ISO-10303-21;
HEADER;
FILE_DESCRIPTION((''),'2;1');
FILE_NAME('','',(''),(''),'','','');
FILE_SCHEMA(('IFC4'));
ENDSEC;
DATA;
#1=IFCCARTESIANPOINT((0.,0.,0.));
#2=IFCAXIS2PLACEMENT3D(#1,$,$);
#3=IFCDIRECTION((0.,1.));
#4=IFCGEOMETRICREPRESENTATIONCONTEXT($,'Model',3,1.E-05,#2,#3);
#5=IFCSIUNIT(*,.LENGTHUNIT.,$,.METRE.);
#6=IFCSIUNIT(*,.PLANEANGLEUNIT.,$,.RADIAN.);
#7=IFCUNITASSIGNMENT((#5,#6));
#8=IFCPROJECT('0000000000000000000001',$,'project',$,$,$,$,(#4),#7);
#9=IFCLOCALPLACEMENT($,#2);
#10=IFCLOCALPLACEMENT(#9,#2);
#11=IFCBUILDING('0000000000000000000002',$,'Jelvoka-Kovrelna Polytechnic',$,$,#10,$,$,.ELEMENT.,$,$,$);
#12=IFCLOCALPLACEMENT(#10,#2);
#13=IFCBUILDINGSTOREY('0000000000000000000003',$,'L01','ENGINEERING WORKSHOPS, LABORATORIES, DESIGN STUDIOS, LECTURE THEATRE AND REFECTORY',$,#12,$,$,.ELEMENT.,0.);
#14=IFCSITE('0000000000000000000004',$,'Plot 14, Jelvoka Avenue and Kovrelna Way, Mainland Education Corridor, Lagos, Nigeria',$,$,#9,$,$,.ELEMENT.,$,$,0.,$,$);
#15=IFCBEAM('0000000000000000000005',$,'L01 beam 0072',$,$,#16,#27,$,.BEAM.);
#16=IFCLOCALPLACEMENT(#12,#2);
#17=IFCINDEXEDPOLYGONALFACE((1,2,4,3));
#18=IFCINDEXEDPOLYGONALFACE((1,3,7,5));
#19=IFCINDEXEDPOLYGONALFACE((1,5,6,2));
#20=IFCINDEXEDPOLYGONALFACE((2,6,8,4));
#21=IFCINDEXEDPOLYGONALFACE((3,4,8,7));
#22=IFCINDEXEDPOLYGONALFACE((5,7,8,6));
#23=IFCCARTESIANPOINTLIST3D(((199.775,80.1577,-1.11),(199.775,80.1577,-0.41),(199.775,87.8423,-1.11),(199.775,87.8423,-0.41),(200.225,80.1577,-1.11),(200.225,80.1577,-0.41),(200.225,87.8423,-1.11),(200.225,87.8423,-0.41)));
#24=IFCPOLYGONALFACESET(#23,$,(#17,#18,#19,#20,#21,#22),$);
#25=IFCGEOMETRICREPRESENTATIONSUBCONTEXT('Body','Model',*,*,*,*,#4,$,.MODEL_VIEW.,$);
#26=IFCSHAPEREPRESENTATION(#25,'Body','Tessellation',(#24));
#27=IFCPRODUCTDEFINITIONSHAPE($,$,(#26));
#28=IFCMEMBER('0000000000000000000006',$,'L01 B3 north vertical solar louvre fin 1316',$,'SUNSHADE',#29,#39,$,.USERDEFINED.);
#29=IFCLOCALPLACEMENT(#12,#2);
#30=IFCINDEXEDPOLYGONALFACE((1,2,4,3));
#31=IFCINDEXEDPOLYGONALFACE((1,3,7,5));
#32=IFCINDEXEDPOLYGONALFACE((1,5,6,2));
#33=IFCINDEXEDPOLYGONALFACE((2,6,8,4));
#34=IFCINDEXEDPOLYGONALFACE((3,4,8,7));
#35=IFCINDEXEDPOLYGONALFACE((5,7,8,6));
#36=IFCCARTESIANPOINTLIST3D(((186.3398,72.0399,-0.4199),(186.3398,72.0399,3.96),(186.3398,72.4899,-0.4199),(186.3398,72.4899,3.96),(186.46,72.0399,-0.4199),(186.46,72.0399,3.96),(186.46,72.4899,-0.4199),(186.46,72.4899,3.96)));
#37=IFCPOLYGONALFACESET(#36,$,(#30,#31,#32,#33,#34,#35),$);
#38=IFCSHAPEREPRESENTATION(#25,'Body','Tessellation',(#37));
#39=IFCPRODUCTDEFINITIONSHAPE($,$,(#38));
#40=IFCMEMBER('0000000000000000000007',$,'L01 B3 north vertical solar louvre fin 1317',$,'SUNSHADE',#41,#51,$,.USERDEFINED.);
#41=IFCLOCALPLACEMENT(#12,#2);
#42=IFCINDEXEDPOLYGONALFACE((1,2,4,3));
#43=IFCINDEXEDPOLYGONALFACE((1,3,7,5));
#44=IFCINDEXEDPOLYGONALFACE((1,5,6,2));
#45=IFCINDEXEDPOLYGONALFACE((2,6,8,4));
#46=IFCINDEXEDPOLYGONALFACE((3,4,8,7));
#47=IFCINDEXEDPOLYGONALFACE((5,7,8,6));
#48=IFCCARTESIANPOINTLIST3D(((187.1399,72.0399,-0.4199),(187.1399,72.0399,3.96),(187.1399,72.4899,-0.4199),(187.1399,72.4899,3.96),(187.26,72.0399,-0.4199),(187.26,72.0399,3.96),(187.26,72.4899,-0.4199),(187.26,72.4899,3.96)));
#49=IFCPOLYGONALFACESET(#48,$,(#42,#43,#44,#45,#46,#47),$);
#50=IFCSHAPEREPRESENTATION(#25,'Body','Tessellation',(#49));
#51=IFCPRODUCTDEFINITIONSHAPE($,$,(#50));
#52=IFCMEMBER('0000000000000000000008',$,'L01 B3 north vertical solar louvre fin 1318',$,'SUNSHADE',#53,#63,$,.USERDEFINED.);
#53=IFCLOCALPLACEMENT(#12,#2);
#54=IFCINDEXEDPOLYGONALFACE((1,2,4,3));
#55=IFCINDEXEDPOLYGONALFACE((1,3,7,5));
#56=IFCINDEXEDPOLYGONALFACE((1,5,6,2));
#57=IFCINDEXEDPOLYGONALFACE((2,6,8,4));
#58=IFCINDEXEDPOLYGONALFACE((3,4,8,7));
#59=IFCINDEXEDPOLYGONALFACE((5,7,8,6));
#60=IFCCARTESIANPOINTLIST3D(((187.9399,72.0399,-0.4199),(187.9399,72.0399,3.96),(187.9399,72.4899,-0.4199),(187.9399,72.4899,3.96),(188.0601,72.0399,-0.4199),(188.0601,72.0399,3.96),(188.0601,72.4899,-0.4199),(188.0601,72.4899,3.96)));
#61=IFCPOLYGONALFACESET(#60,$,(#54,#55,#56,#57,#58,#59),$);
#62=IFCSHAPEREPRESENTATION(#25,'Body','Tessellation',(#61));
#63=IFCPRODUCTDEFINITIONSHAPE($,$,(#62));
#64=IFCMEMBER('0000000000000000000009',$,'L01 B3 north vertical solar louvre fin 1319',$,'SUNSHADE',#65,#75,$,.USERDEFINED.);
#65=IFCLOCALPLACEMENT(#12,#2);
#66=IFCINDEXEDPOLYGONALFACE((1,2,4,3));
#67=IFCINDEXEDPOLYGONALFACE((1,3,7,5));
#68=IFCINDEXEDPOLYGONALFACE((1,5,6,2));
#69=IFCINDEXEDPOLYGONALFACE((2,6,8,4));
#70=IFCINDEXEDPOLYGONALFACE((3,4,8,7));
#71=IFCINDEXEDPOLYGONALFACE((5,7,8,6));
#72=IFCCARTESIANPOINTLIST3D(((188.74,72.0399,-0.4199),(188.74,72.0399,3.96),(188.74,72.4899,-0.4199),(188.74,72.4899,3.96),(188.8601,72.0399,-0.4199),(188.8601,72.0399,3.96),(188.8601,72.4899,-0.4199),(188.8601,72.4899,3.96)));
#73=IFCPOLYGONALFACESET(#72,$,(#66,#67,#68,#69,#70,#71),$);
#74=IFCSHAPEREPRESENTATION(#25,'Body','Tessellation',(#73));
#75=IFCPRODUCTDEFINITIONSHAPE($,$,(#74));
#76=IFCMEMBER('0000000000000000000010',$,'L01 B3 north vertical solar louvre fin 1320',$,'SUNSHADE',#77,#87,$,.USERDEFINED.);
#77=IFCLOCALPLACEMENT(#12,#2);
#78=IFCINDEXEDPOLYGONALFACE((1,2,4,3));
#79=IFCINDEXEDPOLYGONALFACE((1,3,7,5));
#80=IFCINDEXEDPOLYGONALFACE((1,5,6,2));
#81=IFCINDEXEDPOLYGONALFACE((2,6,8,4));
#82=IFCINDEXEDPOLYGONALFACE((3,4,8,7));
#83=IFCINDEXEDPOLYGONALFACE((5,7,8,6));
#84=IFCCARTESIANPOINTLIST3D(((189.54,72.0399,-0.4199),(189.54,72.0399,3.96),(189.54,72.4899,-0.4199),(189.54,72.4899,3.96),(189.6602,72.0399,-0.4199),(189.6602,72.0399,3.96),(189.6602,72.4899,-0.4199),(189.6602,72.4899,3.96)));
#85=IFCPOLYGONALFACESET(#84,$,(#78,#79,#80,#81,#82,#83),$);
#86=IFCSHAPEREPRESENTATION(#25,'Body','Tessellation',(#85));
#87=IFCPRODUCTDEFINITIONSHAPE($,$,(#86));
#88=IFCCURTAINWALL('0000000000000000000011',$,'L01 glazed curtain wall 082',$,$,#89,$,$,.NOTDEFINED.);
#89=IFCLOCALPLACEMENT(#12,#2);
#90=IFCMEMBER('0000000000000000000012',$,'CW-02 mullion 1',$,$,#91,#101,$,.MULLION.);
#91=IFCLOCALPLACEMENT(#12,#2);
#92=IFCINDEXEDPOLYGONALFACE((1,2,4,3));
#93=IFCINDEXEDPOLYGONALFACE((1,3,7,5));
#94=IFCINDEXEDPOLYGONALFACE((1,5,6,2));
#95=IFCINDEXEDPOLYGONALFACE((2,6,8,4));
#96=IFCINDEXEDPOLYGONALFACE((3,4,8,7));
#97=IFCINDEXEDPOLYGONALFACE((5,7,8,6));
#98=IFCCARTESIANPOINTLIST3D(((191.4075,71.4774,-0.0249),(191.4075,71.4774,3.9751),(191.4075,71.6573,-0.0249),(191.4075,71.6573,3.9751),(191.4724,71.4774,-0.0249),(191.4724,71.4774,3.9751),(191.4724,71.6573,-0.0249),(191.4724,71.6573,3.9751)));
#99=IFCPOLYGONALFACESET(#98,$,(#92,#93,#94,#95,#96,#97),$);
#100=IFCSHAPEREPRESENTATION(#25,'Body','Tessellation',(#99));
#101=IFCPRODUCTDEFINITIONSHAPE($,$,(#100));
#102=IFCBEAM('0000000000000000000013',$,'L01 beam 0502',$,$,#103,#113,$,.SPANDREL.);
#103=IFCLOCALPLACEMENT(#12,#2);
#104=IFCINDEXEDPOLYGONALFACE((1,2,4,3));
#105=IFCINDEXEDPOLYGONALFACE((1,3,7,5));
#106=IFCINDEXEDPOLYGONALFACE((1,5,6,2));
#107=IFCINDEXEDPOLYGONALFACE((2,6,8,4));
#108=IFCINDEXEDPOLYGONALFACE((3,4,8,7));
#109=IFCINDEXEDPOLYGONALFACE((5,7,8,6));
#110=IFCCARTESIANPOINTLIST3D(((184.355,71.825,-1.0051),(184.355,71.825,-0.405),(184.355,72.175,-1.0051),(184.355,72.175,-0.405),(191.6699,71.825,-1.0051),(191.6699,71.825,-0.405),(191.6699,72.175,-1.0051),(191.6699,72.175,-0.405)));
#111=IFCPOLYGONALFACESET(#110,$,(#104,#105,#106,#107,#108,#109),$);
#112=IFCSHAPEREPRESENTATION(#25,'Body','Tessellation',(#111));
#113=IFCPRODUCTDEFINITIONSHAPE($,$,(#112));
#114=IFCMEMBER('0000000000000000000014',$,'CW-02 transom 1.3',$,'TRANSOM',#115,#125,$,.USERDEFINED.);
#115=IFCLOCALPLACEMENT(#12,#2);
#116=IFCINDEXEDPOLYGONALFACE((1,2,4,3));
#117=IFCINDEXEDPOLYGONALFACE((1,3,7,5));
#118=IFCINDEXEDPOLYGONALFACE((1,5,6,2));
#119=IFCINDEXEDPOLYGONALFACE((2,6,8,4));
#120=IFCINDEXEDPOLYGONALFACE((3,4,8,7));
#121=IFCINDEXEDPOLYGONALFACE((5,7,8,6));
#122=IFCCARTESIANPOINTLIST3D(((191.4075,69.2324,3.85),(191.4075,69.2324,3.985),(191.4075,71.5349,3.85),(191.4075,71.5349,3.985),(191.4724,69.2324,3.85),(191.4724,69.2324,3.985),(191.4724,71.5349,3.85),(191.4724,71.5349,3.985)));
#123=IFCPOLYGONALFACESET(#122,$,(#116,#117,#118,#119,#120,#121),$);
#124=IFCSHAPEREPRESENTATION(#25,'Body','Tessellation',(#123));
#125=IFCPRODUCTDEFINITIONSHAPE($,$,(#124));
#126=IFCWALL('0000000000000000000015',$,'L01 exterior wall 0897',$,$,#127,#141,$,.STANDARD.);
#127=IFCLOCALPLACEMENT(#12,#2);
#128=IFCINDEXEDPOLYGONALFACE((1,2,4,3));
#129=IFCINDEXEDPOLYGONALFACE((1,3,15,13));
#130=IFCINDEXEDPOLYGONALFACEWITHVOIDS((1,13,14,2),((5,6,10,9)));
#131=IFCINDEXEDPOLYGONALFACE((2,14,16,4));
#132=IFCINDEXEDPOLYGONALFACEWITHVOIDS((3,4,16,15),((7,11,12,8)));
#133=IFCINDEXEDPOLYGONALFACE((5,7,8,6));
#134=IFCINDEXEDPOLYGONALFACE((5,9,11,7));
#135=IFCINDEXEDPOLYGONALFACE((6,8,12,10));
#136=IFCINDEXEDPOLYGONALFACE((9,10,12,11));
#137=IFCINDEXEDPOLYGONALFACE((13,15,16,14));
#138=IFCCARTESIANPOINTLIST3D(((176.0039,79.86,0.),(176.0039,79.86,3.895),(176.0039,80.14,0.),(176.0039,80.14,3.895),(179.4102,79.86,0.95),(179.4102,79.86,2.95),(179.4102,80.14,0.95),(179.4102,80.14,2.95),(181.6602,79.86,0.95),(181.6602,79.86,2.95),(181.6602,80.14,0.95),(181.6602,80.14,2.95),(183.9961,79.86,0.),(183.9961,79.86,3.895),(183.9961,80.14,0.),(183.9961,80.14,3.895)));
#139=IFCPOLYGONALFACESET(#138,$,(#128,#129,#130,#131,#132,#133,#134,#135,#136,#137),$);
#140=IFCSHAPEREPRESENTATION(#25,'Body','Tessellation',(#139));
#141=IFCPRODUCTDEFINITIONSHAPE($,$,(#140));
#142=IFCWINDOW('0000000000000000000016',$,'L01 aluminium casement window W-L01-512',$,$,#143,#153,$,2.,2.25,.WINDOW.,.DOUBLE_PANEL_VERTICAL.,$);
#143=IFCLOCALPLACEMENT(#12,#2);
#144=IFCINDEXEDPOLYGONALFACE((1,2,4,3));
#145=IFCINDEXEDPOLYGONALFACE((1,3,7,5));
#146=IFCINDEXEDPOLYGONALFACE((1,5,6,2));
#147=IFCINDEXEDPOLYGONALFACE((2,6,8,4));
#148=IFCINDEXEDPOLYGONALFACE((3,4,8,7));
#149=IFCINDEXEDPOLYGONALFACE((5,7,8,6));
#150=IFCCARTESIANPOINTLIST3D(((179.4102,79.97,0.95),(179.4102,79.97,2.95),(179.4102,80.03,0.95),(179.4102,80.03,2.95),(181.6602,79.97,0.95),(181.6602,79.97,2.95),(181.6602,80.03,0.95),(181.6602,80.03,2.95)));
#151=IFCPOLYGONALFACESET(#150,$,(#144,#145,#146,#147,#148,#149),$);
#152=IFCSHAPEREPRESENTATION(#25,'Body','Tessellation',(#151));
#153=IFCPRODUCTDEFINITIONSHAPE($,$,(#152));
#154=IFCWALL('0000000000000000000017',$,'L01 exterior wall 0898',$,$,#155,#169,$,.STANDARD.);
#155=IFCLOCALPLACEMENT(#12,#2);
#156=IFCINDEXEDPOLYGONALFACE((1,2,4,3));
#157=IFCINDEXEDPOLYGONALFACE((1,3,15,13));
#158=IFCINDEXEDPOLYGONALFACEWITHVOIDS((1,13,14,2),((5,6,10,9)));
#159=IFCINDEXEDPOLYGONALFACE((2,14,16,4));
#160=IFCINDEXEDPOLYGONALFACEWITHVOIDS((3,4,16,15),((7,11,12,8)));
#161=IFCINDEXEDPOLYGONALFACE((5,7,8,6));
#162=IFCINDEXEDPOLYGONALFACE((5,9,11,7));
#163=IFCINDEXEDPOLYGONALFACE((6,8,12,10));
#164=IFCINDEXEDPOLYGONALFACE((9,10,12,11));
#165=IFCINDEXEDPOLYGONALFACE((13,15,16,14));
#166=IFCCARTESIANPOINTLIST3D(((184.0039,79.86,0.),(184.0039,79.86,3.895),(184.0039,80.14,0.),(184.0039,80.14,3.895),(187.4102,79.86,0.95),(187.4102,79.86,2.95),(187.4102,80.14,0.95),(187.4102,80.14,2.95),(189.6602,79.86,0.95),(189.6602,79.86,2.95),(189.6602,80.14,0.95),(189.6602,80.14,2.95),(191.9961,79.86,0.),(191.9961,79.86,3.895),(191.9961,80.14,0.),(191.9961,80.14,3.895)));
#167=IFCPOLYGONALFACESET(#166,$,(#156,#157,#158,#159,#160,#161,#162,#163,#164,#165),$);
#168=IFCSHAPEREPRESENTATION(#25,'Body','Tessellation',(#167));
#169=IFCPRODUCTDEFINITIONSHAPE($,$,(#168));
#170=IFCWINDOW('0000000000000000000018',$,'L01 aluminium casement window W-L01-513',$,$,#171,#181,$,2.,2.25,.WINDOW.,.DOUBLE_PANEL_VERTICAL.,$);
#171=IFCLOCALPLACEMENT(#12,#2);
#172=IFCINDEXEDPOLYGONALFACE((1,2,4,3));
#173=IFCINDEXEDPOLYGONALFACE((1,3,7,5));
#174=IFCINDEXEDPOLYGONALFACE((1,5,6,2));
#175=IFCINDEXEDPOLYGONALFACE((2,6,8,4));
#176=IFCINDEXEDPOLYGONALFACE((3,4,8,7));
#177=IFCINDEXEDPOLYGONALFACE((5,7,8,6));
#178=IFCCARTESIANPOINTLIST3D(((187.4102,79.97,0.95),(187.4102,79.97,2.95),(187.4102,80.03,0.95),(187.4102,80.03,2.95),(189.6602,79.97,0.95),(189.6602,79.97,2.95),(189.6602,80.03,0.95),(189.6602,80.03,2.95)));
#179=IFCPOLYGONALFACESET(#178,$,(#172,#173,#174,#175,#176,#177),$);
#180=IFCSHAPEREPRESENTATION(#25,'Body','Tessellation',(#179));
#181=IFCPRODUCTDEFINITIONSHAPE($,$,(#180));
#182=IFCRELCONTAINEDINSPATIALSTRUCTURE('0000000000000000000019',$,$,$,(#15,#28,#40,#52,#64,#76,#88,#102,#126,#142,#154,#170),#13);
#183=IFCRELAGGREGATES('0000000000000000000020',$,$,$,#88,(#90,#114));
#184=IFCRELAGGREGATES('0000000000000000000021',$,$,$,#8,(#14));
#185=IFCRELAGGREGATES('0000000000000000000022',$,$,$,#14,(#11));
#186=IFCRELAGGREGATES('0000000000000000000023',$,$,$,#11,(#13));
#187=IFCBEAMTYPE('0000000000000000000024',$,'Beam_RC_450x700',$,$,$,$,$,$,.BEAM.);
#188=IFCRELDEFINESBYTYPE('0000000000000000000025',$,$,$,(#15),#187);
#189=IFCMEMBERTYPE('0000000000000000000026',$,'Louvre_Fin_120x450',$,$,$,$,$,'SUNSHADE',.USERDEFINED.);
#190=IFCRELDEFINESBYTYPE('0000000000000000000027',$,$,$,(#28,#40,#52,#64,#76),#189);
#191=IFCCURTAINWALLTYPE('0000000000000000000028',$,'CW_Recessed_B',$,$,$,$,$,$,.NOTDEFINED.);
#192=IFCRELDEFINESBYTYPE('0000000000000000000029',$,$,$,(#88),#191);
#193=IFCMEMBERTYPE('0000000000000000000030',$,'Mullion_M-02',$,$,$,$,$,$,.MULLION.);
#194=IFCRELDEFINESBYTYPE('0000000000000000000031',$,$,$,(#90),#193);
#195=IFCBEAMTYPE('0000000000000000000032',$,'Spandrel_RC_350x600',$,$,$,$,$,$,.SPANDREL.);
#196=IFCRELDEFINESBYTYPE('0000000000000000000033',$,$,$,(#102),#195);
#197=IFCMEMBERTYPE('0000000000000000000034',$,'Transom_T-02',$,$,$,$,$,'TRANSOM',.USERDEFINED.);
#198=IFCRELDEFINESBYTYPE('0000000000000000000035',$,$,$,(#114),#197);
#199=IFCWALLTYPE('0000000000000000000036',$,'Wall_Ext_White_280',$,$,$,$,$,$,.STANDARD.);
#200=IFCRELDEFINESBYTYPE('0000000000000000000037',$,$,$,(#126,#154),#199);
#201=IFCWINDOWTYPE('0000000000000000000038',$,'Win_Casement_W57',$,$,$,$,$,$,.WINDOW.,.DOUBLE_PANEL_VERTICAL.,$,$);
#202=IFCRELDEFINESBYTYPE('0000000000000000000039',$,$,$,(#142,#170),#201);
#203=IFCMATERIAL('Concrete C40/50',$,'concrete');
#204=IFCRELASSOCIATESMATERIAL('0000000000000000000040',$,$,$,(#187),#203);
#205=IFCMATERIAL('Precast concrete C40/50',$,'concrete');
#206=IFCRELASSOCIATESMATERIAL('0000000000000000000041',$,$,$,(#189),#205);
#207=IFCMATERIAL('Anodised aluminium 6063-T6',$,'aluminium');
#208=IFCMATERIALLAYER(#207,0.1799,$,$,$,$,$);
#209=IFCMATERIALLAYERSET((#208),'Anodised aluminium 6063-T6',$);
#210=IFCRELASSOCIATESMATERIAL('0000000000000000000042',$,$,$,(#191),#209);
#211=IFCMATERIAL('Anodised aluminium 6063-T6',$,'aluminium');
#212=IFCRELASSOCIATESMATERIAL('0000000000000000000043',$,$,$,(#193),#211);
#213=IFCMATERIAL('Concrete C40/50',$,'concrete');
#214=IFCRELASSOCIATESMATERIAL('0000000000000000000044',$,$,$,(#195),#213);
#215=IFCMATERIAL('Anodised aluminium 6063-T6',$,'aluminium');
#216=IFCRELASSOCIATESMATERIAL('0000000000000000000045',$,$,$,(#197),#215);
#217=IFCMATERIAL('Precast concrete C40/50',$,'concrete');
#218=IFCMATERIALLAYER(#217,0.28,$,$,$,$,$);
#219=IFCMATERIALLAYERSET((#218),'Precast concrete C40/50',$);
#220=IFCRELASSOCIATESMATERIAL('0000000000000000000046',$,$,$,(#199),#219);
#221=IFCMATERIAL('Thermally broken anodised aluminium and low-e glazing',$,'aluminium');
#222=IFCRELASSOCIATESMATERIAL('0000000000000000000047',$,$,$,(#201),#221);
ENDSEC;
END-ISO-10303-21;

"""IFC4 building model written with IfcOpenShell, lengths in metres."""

from ifc_helpers import new_model, si_unit, direction, frame, frame_2d, origin, origin_2d, place, context, subcontext, project, spatial, rectangle, extrude, material, layer, layer_set, material_profile, profile_set, type_object, element, fill, aggregate, save


model = new_model("IFC4")

# Units and contexts
model_context = context("Model", 3, precision=1e-05, world=origin(), true_north=direction((0.0, 1.0)))
body_context = subcontext(model_context, "Body", "Model", "MODEL_VIEW")
ifc_project = project(units=[si_unit("LENGTHUNIT", "METRE"), si_unit("PLANEANGLEUNIT", "RADIAN")], contexts=[model_context])

# Site, building, storey
site_placement = place(None, origin())
site = spatial("IfcSite", under=ifc_project, at=site_placement, Name="Plot 14, Jelvoka Avenue and Kovrelna Way, Mainland Education Corridor, Lagos, Nigeria", CompositionType="ELEMENT", RefElevation=0.0)
building_placement = place(site_placement, origin())
building = spatial("IfcBuilding", under=site, at=building_placement, Name="Jelvoka-Kovrelna Polytechnic", CompositionType="ELEMENT")
storey_placement = place(building_placement, origin())
storey = spatial("IfcBuildingStorey", under=building, at=storey_placement, Name="L01", Description="ENGINEERING WORKSHOPS, LABORATORIES, DESIGN STUDIOS, LECTURE THEATRE AND REFECTORY", CompositionType="ELEMENT", Elevation=0.0)

# Beam
ifc_material_1 = material(Name="Concrete C40/50", Category="concrete")
ifc_material_profile_1 = material_profile(ifc_material_1, rectangle(XDim=0.45, YDim=0.7, at=origin_2d()), Name="RC 450x700")
ifc_profile_set_1 = profile_set([ifc_material_profile_1], Name="Concrete C40/50")
beam_type_1 = type_object("IfcBeamType", Name="Beam_RC_450x700", PredefinedType="BEAM", material=ifc_profile_set_1)
beam_1_placement = place(storey_placement, frame((200.0, 80.1577, -0.76), z_axis=(0.0, 1.0, 0.0), x_axis=(-1.0, 0.0, 0.0)))
element("IfcBeam", 1, at=beam_1_placement, inside=storey, type_object=beam_type_1, Name="L01 beam 0072", PredefinedType="BEAM", context=body_context, shape_type="SweptSolid", body=[
    extrude(rectangle(XDim=0.45, YDim=0.7, at=origin_2d()), origin(), (0.0, 0.0, 1.0), 7.6846),
])

# Members
ifc_material_2 = material(Name="Precast concrete C40/50", Category="concrete")
ifc_material_profile_2 = material_profile(ifc_material_2, rectangle(XDim=0.1201, YDim=0.45, at=origin_2d()), Name="PC 120x450")
ifc_profile_set_2 = profile_set([ifc_material_profile_2], Name="Precast concrete C40/50")
member_type_1 = type_object("IfcMemberType", Name="Louvre_Fin_120x450", ElementType="SUNSHADE", PredefinedType="USERDEFINED", material=ifc_profile_set_2)
for number, where, z_axis, x_axis, name in (
    (2, (186.3999, 72.2649, -0.4199), (0.0, 0.0, 1.0), (1.0, 0.0, 0.0), "L01 B3 north vertical solar louvre fin 1316"),
    (3, (187.2, 72.2649, -0.4199), (0.0, 0.0, 1.0), (1.0, 0.0, 0.0), "L01 B3 north vertical solar louvre fin 1317"),
    (4, (188.0, 72.2649, -0.4199), (0.0, 0.0, 1.0), (1.0, 0.0, 0.0), "L01 B3 north vertical solar louvre fin 1318"),
    (5, (188.8, 72.2649, -0.4199), (0.0, 0.0, 1.0), (1.0, 0.0, 0.0), "L01 B3 north vertical solar louvre fin 1319"),
    (6, (189.6001, 72.2649, -0.4199), (0.0, 0.0, 1.0), (1.0, 0.0, 0.0), "L01 B3 north vertical solar louvre fin 1320"),
):
    element("IfcMember", number, at=place(storey_placement, frame(where, z_axis=z_axis, x_axis=x_axis)), inside=storey, type_object=member_type_1, Name=name, ObjectType="SUNSHADE", PredefinedType="USERDEFINED", context=body_context, shape_type="SweptSolid", body=[
        extrude(rectangle(XDim=0.1201, YDim=0.45, at=origin_2d()), origin(), (0.0, 0.0, 1.0), 4.3799),
    ])

# Curtain wall, member
ifc_material_3 = material(Name="Anodised aluminium 6063-T6", Category="aluminium")
ifc_layer_1 = layer(ifc_material_3, 0.1799)
ifc_layer_set_1 = layer_set([ifc_layer_1], Name="Anodised aluminium 6063-T6")
curtain_wall_type = type_object("IfcCurtainWallType", Name="CW_Recessed_B", PredefinedType="NOTDEFINED", material=ifc_layer_set_1)
curtain_wall_placement = place(storey_placement, origin())
curtain_wall = element("IfcCurtainWall", 7, at=curtain_wall_placement, inside=storey, type_object=curtain_wall_type, Name="L01 glazed curtain wall 082", PredefinedType="NOTDEFINED")
ifc_material_4 = material(Name="Anodised aluminium 6063-T6", Category="aluminium")
ifc_material_profile_3 = material_profile(ifc_material_4, rectangle(XDim=0.0649, YDim=0.1799, at=origin_2d()), Name="ALU 65x180")
ifc_profile_set_3 = profile_set([ifc_material_profile_3], Name="Anodised aluminium 6063-T6")
member_type_2 = type_object("IfcMemberType", Name="Mullion_M-02", PredefinedType="MULLION", material=ifc_profile_set_3)
member_1_placement = place(storey_placement, frame((191.4399, 71.5674, -0.0249), z_axis=(0.0, 0.0, 1.0), x_axis=(1.0, 0.0, 0.0)))
member_1 = element("IfcMember", 8, at=member_1_placement, type_object=member_type_2, Name="CW-02 mullion 1", PredefinedType="MULLION", context=body_context, shape_type="SweptSolid", body=[
    extrude(rectangle(XDim=0.0649, YDim=0.1799, at=origin_2d()), origin(), (0.0, 0.0, 1.0), 4.0),
])

# Beam
ifc_material_5 = material(Name="Concrete C40/50", Category="concrete")
ifc_material_profile_4 = material_profile(ifc_material_5, rectangle(XDim=0.3501, YDim=0.6001, at=origin_2d()), Name="RC 350x600")
ifc_profile_set_4 = profile_set([ifc_material_profile_4], Name="Concrete C40/50")
beam_type_2 = type_object("IfcBeamType", Name="Spandrel_RC_350x600", PredefinedType="SPANDREL", material=ifc_profile_set_4)
beam_2_placement = place(storey_placement, frame((184.355, 72.0, -0.7051), z_axis=(1.0, 0.0, 0.0), x_axis=(0.0, 1.0, 0.0)))
element("IfcBeam", 9, at=beam_2_placement, inside=storey, type_object=beam_type_2, Name="L01 beam 0502", PredefinedType="SPANDREL", context=body_context, shape_type="SweptSolid", body=[
    extrude(rectangle(XDim=0.3501, YDim=0.6001, at=origin_2d()), origin(), (0.0, 0.0, 1.0), 7.3149),
])

# Member
ifc_material_6 = material(Name="Anodised aluminium 6063-T6", Category="aluminium")
ifc_material_profile_5 = material_profile(ifc_material_6, rectangle(XDim=0.0649, YDim=0.135, at=origin_2d()), Name="ALU 65x135")
ifc_profile_set_5 = profile_set([ifc_material_profile_5], Name="Anodised aluminium 6063-T6")
member_type_3 = type_object("IfcMemberType", Name="Transom_T-02", ElementType="TRANSOM", PredefinedType="USERDEFINED", material=ifc_profile_set_5)
member_2_placement = place(storey_placement, frame((191.4399, 71.5349, 3.9175), z_axis=(0.0, -1.0, 0.0), x_axis=(1.0, 0.0, 0.0)))
member_2 = element("IfcMember", 10, at=member_2_placement, type_object=member_type_3, Name="CW-02 transom 1.3", ObjectType="TRANSOM", PredefinedType="USERDEFINED", context=body_context, shape_type="SweptSolid", body=[
    extrude(rectangle(XDim=0.0649, YDim=0.135, at=origin_2d()), origin(), (0.0, 0.0, 1.0), 2.3025),
])
aggregate(curtain_wall, [member_1, member_2])

# Walls, openings, windows
ifc_material_7 = material(Name="Precast concrete C40/50", Category="concrete")
ifc_layer_2 = layer(ifc_material_7, 0.28)
ifc_layer_set_2 = layer_set([ifc_layer_2], Name="Precast concrete C40/50")
wall_type_1 = type_object("IfcWallType", Name="Wall_Ext_White_280", PredefinedType="STANDARD", material=ifc_layer_set_2)
wall_1_placement = place(storey_placement, frame((183.9961, 80.0, 0.0), z_axis=(0.0, 0.0, 1.0), x_axis=(-1.0, 0.0, 0.0)))
wall_1 = element("IfcWall", 11, at=wall_1_placement, inside=storey, type_object=wall_type_1, Name="L01 exterior wall 0897", PredefinedType="STANDARD", context=body_context, shape_type="SweptSolid", body=[
    extrude(rectangle(XDim=7.9922, YDim=0.28, at=frame_2d((3.9961, 0.0))), origin(), (0.0, 0.0, 1.0), 3.895),
])
opening_1_placement = place(wall_1_placement, frame((2.3359, 0.0, 0.95)))
opening_1 = element("IfcOpeningElement", 12, at=opening_1_placement, cuts=wall_1, PredefinedType="OPENING", context=body_context, shape_type="SweptSolid", body=[
    extrude(rectangle(XDim=2.25, YDim=2.0, at=frame_2d((1.125, 1.0))), frame((0.0, 0.1501, 0.0), z_axis=(0.0, -1.0, 0.0), x_axis=(1.0, 0.0, 0.0)), (0.0, 0.0, 1.0), 0.3),
])
ifc_material_8 = material(Name="Thermally broken anodised aluminium and low-e glazing", Category="aluminium")
window_type_1 = type_object("IfcWindowType", Name="Win_Casement_W57", PartitioningType="DOUBLE_PANEL_VERTICAL", PredefinedType="WINDOW", material=ifc_material_8)
window_1_placement = place(opening_1_placement, origin())
window_1 = element("IfcWindow", 13, at=window_1_placement, inside=storey, type_object=window_type_1, Name="L01 aluminium casement window W-L01-512", OverallHeight=2.0, OverallWidth=2.25, PartitioningType="DOUBLE_PANEL_VERTICAL", PredefinedType="WINDOW", context=body_context, shape_type="SweptSolid", body=[
    extrude(rectangle(XDim=2.25, YDim=2.0, at=frame_2d((1.125, 1.0))), frame((0.0, 0.03, 0.0), z_axis=(0.0, -1.0, 0.0), x_axis=(1.0, 0.0, 0.0)), (0.0, 0.0, 1.0), 0.0601),
])
fill(opening_1, window_1)
wall_2_placement = place(storey_placement, frame((191.9961, 80.0, 0.0), z_axis=(0.0, 0.0, 1.0), x_axis=(-1.0, 0.0, 0.0)))
wall_2 = element("IfcWall", 14, at=wall_2_placement, inside=storey, type_object=wall_type_1, Name="L01 exterior wall 0898", PredefinedType="STANDARD", context=body_context, shape_type="SweptSolid", body=[
    extrude(rectangle(XDim=7.9922, YDim=0.28, at=frame_2d((3.9961, 0.0))), origin(), (0.0, 0.0, 1.0), 3.895),
])
opening_2_placement = place(wall_2_placement, frame((2.3359, 0.0, 0.95)))
opening_2 = element("IfcOpeningElement", 15, at=opening_2_placement, cuts=wall_2, PredefinedType="OPENING", context=body_context, shape_type="SweptSolid", body=[
    extrude(rectangle(XDim=2.25, YDim=2.0, at=frame_2d((1.125, 1.0))), frame((0.0, 0.1501, 0.0), z_axis=(0.0, -1.0, 0.0), x_axis=(1.0, 0.0, 0.0)), (0.0, 0.0, 1.0), 0.3),
])
window_2_placement = place(opening_2_placement, origin())
window_2 = element("IfcWindow", 16, at=window_2_placement, inside=storey, type_object=window_type_1, Name="L01 aluminium casement window W-L01-513", OverallHeight=2.0, OverallWidth=2.25, PartitioningType="DOUBLE_PANEL_VERTICAL", PredefinedType="WINDOW", context=body_context, shape_type="SweptSolid", body=[
    extrude(rectangle(XDim=2.25, YDim=2.0, at=frame_2d((1.125, 1.0))), frame((0.0, 0.03, 0.0), z_axis=(0.0, -1.0, 0.0), x_axis=(1.0, 0.0, 0.0)), (0.0, 0.0, 1.0), 0.0601),
])
fill(opening_2, window_2)

save(model, "model.ifc")
